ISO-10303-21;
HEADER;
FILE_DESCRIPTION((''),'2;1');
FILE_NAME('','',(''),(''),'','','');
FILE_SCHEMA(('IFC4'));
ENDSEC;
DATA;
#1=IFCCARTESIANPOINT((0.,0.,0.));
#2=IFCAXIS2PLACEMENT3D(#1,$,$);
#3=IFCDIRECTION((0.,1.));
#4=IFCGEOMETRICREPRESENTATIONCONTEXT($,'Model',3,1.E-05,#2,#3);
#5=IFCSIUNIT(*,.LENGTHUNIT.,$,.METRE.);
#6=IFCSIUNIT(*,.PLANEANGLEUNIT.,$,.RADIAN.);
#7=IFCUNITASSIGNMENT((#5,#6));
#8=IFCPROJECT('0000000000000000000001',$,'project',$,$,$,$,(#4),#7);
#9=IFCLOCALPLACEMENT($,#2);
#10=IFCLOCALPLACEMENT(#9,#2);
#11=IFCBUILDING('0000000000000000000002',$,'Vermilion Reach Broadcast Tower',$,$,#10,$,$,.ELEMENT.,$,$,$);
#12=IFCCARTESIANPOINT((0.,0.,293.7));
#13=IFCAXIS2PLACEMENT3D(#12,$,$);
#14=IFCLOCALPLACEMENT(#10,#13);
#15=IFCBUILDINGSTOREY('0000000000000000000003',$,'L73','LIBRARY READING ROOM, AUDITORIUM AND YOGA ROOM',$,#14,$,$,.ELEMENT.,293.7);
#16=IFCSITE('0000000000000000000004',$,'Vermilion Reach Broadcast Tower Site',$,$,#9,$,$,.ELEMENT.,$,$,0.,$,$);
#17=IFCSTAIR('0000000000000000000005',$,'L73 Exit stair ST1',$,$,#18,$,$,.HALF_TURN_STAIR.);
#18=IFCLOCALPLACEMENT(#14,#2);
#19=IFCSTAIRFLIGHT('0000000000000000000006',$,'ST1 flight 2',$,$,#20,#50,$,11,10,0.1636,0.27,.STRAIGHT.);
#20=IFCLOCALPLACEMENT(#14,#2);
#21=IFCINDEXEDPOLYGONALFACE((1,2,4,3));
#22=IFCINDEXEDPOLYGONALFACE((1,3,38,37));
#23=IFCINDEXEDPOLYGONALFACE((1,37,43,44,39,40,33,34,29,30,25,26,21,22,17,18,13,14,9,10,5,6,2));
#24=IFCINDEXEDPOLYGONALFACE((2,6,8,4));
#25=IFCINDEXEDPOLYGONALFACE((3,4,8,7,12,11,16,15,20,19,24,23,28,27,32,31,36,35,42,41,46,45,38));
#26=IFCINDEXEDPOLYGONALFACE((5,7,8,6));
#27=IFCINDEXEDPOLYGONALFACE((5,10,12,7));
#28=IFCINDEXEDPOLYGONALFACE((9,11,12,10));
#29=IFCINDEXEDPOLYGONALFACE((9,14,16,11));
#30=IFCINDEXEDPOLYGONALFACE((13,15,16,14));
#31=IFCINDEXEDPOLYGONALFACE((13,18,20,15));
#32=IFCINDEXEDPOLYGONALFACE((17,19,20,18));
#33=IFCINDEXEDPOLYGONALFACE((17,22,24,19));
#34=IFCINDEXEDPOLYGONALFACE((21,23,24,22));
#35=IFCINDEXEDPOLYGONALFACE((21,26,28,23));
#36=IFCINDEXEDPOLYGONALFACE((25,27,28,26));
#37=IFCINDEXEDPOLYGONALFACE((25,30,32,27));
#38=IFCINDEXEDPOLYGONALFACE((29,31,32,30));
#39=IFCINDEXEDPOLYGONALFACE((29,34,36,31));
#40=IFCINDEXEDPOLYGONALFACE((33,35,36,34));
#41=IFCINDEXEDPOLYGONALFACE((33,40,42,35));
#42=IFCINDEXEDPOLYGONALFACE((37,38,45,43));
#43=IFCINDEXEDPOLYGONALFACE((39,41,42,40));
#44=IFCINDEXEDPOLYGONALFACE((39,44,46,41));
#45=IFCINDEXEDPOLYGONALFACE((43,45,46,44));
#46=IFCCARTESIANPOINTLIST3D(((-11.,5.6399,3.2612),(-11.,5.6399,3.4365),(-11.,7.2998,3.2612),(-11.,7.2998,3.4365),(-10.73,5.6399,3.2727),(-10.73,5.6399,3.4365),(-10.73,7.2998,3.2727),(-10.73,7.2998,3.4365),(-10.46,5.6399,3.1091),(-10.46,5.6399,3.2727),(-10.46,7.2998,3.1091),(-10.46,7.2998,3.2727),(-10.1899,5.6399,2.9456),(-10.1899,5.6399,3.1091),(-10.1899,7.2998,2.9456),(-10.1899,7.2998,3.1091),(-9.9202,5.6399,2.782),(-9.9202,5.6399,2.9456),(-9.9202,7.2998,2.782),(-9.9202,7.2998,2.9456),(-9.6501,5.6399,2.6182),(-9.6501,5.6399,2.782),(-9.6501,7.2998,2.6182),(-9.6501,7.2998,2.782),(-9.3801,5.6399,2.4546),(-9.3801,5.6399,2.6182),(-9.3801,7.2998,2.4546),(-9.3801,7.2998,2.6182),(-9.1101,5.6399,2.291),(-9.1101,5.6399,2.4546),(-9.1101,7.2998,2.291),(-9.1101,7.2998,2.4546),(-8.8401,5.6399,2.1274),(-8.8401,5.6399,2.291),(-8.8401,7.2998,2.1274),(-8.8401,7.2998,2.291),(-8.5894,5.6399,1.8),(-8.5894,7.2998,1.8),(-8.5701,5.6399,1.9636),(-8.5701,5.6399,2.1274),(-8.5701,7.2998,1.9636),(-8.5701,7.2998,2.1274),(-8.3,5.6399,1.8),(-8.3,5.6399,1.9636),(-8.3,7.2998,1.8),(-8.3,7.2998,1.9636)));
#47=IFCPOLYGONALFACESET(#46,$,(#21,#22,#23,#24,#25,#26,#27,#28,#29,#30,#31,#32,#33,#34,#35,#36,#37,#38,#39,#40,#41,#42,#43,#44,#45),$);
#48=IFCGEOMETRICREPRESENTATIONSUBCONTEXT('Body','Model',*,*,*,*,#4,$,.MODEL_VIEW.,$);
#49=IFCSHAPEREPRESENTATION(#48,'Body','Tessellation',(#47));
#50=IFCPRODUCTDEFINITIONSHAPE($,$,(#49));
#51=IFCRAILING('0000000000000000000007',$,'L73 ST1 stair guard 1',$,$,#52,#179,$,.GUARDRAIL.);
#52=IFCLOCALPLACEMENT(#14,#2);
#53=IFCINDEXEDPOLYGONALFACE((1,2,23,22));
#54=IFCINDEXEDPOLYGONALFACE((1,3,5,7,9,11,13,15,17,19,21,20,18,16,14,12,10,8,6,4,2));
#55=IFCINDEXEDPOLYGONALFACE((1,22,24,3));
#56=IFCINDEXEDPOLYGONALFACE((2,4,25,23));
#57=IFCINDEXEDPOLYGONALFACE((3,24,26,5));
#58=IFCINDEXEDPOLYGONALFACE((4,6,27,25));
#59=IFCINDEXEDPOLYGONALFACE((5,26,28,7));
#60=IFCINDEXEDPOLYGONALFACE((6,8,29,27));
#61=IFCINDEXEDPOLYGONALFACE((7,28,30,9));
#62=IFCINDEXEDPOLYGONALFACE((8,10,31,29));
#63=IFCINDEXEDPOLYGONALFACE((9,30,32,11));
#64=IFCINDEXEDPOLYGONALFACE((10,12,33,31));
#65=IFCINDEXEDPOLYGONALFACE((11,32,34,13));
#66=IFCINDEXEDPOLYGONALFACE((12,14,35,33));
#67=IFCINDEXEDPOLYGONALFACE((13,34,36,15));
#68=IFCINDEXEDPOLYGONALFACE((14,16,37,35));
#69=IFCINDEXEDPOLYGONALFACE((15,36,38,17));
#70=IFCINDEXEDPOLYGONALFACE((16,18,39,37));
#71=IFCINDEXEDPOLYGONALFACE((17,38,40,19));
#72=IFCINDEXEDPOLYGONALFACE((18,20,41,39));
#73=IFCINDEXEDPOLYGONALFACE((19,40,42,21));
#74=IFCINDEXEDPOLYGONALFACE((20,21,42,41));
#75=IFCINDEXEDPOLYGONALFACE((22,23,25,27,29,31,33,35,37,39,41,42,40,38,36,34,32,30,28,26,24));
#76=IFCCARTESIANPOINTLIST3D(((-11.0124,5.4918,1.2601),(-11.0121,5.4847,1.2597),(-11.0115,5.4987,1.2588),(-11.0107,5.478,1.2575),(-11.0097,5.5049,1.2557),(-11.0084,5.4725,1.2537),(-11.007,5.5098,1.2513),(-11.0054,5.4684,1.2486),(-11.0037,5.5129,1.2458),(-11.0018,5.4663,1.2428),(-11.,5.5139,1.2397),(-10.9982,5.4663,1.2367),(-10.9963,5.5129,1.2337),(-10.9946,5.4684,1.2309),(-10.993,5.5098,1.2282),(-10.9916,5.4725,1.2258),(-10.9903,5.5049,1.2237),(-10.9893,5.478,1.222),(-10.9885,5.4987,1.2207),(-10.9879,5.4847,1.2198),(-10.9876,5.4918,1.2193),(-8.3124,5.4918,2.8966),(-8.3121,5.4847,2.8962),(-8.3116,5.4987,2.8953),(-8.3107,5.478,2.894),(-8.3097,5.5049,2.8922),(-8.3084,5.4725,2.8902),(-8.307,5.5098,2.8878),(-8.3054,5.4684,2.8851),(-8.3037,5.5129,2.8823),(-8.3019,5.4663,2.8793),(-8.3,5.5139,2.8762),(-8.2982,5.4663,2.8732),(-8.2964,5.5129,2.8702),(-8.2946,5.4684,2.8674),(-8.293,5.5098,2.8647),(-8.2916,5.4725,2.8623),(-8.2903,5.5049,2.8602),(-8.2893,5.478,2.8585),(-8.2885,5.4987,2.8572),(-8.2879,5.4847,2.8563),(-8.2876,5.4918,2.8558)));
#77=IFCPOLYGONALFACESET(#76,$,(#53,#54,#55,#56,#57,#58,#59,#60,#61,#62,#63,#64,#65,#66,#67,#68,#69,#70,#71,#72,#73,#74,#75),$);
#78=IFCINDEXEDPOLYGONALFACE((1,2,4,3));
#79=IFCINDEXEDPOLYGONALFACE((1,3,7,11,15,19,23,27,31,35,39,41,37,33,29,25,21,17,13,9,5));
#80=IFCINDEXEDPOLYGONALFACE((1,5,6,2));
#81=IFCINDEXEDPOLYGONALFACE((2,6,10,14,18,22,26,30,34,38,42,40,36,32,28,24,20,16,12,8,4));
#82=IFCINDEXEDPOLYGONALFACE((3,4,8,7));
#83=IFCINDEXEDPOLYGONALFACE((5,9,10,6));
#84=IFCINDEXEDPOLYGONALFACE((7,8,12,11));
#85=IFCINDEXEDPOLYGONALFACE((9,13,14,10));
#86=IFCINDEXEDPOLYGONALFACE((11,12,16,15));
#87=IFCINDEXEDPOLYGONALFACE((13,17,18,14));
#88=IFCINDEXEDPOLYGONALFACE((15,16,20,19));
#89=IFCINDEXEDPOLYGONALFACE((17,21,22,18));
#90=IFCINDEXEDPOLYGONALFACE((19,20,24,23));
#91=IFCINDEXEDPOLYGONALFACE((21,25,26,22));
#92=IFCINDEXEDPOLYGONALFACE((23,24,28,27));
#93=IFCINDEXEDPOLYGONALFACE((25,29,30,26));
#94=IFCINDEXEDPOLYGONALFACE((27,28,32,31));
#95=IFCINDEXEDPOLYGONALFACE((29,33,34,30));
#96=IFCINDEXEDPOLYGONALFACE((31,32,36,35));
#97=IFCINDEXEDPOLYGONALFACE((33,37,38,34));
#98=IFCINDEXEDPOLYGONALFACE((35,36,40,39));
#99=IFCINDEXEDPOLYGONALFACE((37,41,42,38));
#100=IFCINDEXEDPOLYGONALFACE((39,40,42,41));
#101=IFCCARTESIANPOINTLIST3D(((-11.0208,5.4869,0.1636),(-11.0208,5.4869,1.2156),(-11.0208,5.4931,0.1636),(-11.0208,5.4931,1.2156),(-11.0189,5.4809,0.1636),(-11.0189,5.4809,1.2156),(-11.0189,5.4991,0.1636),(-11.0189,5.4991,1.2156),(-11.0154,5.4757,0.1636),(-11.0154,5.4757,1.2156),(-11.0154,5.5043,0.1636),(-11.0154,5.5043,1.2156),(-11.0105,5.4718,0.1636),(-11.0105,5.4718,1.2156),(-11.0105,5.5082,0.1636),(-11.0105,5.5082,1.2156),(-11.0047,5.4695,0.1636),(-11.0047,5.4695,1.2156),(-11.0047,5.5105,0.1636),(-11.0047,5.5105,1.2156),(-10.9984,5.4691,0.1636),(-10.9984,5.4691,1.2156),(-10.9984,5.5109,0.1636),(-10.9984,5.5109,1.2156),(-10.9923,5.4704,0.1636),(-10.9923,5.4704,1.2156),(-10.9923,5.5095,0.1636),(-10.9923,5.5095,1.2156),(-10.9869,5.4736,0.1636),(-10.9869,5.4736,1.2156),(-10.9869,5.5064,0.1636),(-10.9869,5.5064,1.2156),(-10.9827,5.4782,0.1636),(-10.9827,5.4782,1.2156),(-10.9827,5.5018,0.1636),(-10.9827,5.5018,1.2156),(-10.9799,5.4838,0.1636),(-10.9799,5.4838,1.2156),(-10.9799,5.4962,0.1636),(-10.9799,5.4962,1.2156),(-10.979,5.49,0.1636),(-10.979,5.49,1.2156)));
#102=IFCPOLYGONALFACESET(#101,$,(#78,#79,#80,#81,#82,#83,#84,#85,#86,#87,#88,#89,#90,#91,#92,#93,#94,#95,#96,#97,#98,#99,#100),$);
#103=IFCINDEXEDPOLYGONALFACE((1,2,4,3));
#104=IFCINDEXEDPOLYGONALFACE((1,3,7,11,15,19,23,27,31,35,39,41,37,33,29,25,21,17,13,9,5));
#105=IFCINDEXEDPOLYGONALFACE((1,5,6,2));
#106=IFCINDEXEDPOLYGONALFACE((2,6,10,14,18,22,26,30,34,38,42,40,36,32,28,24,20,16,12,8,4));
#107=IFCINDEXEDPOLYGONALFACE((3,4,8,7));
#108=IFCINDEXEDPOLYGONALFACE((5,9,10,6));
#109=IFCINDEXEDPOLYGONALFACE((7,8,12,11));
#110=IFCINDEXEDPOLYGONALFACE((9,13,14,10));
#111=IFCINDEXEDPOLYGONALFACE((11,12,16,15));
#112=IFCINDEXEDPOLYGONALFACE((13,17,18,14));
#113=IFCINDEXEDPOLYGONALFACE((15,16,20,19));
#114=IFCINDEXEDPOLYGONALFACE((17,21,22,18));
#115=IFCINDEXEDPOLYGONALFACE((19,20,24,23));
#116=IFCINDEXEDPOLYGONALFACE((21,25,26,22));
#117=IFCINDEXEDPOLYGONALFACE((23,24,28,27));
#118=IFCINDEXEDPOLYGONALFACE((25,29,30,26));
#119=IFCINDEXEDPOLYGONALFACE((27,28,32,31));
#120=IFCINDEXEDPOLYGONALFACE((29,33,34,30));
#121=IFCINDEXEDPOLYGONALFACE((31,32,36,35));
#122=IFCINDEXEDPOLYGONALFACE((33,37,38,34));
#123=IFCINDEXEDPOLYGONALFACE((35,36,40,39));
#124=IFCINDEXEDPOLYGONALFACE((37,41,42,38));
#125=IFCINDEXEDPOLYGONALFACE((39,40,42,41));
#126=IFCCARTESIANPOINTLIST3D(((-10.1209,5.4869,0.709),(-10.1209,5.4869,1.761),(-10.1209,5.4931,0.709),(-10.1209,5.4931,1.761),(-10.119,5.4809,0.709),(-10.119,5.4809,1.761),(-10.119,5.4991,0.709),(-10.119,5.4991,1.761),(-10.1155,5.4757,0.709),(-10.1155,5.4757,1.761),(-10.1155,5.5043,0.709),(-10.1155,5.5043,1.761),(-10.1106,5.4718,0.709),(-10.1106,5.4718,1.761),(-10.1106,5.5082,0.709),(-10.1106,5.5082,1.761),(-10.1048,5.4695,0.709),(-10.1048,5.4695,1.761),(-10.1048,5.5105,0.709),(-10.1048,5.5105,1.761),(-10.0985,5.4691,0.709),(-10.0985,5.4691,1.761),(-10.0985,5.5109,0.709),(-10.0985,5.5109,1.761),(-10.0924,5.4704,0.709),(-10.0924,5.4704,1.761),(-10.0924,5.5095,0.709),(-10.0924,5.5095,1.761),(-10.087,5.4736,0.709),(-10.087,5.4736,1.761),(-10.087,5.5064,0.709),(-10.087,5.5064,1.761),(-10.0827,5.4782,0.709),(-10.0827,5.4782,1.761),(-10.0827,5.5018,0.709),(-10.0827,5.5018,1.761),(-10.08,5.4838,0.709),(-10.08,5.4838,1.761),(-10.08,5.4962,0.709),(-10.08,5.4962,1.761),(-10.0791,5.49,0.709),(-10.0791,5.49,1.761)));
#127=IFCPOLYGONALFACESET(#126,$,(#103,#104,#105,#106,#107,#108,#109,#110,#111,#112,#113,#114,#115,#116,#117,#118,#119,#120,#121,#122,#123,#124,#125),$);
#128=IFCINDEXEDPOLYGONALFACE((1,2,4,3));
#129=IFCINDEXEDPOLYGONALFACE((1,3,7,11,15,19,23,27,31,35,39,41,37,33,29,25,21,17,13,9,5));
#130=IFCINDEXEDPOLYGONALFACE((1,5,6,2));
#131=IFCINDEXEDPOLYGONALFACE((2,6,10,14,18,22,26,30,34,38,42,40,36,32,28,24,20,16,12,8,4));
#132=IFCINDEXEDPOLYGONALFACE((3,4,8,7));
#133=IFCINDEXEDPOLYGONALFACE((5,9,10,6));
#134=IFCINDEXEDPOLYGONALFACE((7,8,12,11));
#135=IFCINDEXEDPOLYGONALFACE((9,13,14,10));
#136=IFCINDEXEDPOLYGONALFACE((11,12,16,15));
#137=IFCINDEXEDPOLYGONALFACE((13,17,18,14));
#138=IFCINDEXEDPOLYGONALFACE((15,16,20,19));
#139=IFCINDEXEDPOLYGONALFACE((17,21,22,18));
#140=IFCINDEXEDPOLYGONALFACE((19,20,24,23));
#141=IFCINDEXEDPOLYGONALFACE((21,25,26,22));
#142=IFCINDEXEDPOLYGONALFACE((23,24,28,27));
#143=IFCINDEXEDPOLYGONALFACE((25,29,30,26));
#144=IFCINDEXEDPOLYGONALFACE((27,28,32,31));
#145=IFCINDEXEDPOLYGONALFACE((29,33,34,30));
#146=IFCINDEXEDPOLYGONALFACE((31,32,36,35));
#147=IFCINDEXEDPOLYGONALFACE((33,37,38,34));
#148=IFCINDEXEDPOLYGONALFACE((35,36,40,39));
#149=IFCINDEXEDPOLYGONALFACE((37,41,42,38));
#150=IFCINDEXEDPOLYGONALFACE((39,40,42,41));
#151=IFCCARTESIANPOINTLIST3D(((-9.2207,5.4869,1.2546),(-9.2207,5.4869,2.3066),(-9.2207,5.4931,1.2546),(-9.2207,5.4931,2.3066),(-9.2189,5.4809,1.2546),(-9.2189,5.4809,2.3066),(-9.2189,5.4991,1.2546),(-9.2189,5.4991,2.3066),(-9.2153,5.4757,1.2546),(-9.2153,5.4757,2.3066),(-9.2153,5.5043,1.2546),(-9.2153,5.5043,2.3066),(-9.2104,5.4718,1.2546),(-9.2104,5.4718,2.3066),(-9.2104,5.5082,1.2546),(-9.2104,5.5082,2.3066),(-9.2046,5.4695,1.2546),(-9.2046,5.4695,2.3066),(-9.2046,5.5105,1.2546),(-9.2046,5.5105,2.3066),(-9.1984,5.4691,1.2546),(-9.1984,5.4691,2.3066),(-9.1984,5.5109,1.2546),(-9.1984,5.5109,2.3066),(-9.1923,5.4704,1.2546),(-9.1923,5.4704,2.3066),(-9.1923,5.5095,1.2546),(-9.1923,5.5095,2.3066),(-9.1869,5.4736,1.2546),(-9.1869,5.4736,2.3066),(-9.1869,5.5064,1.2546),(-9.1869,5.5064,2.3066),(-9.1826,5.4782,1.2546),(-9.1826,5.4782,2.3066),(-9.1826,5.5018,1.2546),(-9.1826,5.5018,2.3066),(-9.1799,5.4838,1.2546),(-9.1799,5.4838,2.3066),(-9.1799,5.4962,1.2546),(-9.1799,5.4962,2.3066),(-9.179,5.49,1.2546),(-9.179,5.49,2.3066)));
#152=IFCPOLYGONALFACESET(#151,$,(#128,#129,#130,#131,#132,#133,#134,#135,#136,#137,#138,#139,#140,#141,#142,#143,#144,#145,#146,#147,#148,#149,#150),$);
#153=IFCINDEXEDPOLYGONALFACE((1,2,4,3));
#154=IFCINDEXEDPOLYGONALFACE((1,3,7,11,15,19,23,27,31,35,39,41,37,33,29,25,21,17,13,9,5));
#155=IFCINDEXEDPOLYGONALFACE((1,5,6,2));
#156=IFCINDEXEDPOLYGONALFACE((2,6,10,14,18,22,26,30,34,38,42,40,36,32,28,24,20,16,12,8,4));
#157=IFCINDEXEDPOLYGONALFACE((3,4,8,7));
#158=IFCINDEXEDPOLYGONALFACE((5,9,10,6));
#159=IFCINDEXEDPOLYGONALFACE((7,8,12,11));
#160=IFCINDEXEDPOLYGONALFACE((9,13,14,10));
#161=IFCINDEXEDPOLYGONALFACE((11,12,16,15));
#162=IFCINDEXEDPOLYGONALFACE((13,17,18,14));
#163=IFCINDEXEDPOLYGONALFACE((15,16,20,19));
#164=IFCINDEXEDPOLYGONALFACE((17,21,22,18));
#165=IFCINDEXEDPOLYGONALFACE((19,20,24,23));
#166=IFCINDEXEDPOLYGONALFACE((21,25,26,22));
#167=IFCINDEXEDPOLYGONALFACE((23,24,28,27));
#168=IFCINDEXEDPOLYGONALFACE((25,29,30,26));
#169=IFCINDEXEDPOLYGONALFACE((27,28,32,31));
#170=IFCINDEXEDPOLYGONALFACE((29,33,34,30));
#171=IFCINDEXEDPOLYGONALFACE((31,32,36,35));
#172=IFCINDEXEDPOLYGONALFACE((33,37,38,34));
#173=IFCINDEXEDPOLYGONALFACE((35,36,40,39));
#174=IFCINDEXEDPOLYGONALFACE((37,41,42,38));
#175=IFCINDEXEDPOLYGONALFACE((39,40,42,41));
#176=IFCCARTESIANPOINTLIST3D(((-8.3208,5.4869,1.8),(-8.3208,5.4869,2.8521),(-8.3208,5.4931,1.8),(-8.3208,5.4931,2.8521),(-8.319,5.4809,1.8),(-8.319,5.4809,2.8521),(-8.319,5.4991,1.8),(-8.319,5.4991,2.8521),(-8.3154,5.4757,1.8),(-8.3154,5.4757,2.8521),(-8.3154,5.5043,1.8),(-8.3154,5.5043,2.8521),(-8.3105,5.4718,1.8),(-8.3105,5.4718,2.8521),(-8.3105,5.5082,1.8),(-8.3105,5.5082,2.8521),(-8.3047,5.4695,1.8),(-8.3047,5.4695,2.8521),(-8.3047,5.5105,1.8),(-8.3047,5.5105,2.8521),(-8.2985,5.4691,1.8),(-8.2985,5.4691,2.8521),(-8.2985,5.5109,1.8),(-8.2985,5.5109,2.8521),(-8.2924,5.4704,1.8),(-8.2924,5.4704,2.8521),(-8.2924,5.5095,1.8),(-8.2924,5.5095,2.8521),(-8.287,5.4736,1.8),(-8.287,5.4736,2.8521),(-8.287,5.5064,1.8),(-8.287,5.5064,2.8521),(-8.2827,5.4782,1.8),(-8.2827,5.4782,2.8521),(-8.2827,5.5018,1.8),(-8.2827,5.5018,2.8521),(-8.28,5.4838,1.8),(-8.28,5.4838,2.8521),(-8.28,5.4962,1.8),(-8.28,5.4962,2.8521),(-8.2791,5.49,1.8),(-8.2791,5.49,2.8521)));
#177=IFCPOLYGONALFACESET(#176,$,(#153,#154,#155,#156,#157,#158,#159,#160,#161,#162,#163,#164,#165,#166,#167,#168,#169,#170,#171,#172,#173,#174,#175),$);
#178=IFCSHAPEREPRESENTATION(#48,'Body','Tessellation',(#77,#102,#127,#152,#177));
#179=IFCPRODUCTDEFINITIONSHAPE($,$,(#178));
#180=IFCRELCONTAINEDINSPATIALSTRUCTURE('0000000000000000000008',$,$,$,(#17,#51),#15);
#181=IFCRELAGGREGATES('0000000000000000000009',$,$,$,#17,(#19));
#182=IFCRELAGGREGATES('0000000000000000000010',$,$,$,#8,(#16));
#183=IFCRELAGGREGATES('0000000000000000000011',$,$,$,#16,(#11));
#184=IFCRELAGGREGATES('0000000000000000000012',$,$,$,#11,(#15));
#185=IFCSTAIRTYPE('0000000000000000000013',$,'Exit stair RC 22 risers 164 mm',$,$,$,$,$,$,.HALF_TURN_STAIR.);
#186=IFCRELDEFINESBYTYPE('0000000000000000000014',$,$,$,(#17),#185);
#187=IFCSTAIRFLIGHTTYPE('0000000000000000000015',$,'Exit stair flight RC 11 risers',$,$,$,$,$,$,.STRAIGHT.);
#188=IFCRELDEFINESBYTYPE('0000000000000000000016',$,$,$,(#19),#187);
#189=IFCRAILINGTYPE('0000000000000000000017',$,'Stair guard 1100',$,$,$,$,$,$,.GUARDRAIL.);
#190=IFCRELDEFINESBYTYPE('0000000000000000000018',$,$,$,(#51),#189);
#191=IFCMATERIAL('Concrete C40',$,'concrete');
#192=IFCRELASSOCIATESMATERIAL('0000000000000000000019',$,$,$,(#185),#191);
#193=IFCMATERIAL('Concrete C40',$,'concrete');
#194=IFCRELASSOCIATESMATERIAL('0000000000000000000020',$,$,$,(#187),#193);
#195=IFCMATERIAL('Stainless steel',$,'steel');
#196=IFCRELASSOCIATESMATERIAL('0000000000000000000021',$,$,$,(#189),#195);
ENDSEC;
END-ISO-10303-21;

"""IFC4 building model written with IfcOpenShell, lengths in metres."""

from ifc_helpers import new_model, si_unit, direction, frame, origin, origin_2d, place, context, subcontext, project, spatial, polyline, circle, outline, extrude, material, type_object, element, aggregate, save


model = new_model("IFC4")

# Units and contexts
model_context = context("Model", 3, precision=1e-05, world=origin(), true_north=direction((0.0, 1.0)))
body_context = subcontext(model_context, "Body", "Model", "MODEL_VIEW")
ifc_project = project(units=[si_unit("LENGTHUNIT", "METRE"), si_unit("PLANEANGLEUNIT", "RADIAN")], contexts=[model_context])

# Site, building, storey
site_placement = place(None, origin())
site = spatial("IfcSite", under=ifc_project, at=site_placement, Name="Vermilion Reach Broadcast Tower Site", CompositionType="ELEMENT", RefElevation=0.0)
building_placement = place(site_placement, origin())
building = spatial("IfcBuilding", under=site, at=building_placement, Name="Vermilion Reach Broadcast Tower", CompositionType="ELEMENT")
storey_placement = place(building_placement, frame((0.0, 0.0, 293.7)))
storey = spatial("IfcBuildingStorey", under=building, at=storey_placement, Name="L73", Description="LIBRARY READING ROOM, AUDITORIUM AND YOGA ROOM", CompositionType="ELEMENT", Elevation=293.7)

# Stair, stair flight
ifc_material_1 = material(Name="Concrete C40", Category="concrete")
stair_type = type_object("IfcStairType", Name="Exit stair RC 22 risers 164 mm", PredefinedType="HALF_TURN_STAIR", material=ifc_material_1)
stair_placement = place(storey_placement, origin())
stair = element("IfcStair", 1, at=stair_placement, inside=storey, type_object=stair_type, Name="L73 Exit stair ST1", PredefinedType="HALF_TURN_STAIR")
ifc_material_2 = material(Name="Concrete C40", Category="concrete")
stair_flight_type = type_object("IfcStairFlightType", Name="Exit stair flight RC 11 risers", PredefinedType="STRAIGHT", material=ifc_material_2)
stair_flight_1_placement = place(storey_placement, frame((-8.3, 6.47, 1.8), z_axis=(0.0, 0.0, 1.0), x_axis=(-1.0, 0.0, 0.0)))
stair_flight_1 = element("IfcStairFlight", 2, at=stair_flight_1_placement, type_object=stair_flight_type, Name="ST1 flight 2", NumberOfRisers=11, NumberOfTreads=10, PredefinedType="STRAIGHT", RiserHeight=0.1636, TreadLength=0.27, context=body_context, shape_type="SweptSolid", body=[
    extrude(outline(polyline([(0.0, 0.0), (0.0, 0.1636), (0.27, 0.1636), (0.27, 0.3274), (0.54, 0.3274), (0.54, 0.491), (0.8101, 0.491), (0.8101, 0.6545), (1.0801, 0.6545), (1.0801, 0.8181), (1.3501, 0.8181), (1.3501, 0.9819), (1.6201, 0.9819), (1.6201, 1.1455), (1.8899, 1.1455), (1.8899, 1.3091), (2.1599, 1.3091), (2.1599, 1.4727), (2.4299, 1.4727), (2.4299, 1.6365), (2.7, 1.6365), (2.7, 1.8), (2.7, 1.4612), (0.2893, 0.0), (0.0, 0.0)])), frame((0.0, 0.8301, 0.0), z_axis=(0.0, -1.0, 0.0), x_axis=(1.0, 0.0, 0.0)), (0.0, 0.0, 1.0), 1.6599),
])
aggregate(stair, [stair_flight_1])

# Railing
ifc_material_3 = material(Name="Stainless steel", Category="steel")
railing_type_1 = type_object("IfcRailingType", Name="Stair guard 1100", PredefinedType="GUARDRAIL", material=ifc_material_3)
railing_1_placement = place(storey_placement, frame((-11.0, 5.49, 0.1636)))
element("IfcRailing", 3, at=railing_1_placement, inside=storey, type_object=railing_type_1, Name="L73 ST1 stair guard 1", PredefinedType="GUARDRAIL", context=body_context, shape_type="SweptSolid", body=[
    extrude(circle(Radius=0.0239, at=origin_2d()), frame((0.0, 0.0, 1.0762), z_axis=(0.855178, 0.0, 0.518334), x_axis=(0.0, 1.0, 0.0)), (0.0, 0.0, 1.0), 3.1572),
    extrude(circle(Radius=0.021, at=origin_2d()), origin(), (0.0, 0.0, 1.0), 1.052),
    extrude(circle(Radius=0.021, at=origin_2d()), frame((0.8999, 0.0, 0.5454)), (0.0, 0.0, 1.0), 1.052),
    extrude(circle(Radius=0.021, at=origin_2d()), frame((1.8, 0.0, 1.0911)), (0.0, 0.0, 1.0), 1.052),
    extrude(circle(Radius=0.021, at=origin_2d()), frame((2.7, 0.0, 1.6365)), (0.0, 0.0, 1.0), 1.052),
])

save(model, "model.ifc")
